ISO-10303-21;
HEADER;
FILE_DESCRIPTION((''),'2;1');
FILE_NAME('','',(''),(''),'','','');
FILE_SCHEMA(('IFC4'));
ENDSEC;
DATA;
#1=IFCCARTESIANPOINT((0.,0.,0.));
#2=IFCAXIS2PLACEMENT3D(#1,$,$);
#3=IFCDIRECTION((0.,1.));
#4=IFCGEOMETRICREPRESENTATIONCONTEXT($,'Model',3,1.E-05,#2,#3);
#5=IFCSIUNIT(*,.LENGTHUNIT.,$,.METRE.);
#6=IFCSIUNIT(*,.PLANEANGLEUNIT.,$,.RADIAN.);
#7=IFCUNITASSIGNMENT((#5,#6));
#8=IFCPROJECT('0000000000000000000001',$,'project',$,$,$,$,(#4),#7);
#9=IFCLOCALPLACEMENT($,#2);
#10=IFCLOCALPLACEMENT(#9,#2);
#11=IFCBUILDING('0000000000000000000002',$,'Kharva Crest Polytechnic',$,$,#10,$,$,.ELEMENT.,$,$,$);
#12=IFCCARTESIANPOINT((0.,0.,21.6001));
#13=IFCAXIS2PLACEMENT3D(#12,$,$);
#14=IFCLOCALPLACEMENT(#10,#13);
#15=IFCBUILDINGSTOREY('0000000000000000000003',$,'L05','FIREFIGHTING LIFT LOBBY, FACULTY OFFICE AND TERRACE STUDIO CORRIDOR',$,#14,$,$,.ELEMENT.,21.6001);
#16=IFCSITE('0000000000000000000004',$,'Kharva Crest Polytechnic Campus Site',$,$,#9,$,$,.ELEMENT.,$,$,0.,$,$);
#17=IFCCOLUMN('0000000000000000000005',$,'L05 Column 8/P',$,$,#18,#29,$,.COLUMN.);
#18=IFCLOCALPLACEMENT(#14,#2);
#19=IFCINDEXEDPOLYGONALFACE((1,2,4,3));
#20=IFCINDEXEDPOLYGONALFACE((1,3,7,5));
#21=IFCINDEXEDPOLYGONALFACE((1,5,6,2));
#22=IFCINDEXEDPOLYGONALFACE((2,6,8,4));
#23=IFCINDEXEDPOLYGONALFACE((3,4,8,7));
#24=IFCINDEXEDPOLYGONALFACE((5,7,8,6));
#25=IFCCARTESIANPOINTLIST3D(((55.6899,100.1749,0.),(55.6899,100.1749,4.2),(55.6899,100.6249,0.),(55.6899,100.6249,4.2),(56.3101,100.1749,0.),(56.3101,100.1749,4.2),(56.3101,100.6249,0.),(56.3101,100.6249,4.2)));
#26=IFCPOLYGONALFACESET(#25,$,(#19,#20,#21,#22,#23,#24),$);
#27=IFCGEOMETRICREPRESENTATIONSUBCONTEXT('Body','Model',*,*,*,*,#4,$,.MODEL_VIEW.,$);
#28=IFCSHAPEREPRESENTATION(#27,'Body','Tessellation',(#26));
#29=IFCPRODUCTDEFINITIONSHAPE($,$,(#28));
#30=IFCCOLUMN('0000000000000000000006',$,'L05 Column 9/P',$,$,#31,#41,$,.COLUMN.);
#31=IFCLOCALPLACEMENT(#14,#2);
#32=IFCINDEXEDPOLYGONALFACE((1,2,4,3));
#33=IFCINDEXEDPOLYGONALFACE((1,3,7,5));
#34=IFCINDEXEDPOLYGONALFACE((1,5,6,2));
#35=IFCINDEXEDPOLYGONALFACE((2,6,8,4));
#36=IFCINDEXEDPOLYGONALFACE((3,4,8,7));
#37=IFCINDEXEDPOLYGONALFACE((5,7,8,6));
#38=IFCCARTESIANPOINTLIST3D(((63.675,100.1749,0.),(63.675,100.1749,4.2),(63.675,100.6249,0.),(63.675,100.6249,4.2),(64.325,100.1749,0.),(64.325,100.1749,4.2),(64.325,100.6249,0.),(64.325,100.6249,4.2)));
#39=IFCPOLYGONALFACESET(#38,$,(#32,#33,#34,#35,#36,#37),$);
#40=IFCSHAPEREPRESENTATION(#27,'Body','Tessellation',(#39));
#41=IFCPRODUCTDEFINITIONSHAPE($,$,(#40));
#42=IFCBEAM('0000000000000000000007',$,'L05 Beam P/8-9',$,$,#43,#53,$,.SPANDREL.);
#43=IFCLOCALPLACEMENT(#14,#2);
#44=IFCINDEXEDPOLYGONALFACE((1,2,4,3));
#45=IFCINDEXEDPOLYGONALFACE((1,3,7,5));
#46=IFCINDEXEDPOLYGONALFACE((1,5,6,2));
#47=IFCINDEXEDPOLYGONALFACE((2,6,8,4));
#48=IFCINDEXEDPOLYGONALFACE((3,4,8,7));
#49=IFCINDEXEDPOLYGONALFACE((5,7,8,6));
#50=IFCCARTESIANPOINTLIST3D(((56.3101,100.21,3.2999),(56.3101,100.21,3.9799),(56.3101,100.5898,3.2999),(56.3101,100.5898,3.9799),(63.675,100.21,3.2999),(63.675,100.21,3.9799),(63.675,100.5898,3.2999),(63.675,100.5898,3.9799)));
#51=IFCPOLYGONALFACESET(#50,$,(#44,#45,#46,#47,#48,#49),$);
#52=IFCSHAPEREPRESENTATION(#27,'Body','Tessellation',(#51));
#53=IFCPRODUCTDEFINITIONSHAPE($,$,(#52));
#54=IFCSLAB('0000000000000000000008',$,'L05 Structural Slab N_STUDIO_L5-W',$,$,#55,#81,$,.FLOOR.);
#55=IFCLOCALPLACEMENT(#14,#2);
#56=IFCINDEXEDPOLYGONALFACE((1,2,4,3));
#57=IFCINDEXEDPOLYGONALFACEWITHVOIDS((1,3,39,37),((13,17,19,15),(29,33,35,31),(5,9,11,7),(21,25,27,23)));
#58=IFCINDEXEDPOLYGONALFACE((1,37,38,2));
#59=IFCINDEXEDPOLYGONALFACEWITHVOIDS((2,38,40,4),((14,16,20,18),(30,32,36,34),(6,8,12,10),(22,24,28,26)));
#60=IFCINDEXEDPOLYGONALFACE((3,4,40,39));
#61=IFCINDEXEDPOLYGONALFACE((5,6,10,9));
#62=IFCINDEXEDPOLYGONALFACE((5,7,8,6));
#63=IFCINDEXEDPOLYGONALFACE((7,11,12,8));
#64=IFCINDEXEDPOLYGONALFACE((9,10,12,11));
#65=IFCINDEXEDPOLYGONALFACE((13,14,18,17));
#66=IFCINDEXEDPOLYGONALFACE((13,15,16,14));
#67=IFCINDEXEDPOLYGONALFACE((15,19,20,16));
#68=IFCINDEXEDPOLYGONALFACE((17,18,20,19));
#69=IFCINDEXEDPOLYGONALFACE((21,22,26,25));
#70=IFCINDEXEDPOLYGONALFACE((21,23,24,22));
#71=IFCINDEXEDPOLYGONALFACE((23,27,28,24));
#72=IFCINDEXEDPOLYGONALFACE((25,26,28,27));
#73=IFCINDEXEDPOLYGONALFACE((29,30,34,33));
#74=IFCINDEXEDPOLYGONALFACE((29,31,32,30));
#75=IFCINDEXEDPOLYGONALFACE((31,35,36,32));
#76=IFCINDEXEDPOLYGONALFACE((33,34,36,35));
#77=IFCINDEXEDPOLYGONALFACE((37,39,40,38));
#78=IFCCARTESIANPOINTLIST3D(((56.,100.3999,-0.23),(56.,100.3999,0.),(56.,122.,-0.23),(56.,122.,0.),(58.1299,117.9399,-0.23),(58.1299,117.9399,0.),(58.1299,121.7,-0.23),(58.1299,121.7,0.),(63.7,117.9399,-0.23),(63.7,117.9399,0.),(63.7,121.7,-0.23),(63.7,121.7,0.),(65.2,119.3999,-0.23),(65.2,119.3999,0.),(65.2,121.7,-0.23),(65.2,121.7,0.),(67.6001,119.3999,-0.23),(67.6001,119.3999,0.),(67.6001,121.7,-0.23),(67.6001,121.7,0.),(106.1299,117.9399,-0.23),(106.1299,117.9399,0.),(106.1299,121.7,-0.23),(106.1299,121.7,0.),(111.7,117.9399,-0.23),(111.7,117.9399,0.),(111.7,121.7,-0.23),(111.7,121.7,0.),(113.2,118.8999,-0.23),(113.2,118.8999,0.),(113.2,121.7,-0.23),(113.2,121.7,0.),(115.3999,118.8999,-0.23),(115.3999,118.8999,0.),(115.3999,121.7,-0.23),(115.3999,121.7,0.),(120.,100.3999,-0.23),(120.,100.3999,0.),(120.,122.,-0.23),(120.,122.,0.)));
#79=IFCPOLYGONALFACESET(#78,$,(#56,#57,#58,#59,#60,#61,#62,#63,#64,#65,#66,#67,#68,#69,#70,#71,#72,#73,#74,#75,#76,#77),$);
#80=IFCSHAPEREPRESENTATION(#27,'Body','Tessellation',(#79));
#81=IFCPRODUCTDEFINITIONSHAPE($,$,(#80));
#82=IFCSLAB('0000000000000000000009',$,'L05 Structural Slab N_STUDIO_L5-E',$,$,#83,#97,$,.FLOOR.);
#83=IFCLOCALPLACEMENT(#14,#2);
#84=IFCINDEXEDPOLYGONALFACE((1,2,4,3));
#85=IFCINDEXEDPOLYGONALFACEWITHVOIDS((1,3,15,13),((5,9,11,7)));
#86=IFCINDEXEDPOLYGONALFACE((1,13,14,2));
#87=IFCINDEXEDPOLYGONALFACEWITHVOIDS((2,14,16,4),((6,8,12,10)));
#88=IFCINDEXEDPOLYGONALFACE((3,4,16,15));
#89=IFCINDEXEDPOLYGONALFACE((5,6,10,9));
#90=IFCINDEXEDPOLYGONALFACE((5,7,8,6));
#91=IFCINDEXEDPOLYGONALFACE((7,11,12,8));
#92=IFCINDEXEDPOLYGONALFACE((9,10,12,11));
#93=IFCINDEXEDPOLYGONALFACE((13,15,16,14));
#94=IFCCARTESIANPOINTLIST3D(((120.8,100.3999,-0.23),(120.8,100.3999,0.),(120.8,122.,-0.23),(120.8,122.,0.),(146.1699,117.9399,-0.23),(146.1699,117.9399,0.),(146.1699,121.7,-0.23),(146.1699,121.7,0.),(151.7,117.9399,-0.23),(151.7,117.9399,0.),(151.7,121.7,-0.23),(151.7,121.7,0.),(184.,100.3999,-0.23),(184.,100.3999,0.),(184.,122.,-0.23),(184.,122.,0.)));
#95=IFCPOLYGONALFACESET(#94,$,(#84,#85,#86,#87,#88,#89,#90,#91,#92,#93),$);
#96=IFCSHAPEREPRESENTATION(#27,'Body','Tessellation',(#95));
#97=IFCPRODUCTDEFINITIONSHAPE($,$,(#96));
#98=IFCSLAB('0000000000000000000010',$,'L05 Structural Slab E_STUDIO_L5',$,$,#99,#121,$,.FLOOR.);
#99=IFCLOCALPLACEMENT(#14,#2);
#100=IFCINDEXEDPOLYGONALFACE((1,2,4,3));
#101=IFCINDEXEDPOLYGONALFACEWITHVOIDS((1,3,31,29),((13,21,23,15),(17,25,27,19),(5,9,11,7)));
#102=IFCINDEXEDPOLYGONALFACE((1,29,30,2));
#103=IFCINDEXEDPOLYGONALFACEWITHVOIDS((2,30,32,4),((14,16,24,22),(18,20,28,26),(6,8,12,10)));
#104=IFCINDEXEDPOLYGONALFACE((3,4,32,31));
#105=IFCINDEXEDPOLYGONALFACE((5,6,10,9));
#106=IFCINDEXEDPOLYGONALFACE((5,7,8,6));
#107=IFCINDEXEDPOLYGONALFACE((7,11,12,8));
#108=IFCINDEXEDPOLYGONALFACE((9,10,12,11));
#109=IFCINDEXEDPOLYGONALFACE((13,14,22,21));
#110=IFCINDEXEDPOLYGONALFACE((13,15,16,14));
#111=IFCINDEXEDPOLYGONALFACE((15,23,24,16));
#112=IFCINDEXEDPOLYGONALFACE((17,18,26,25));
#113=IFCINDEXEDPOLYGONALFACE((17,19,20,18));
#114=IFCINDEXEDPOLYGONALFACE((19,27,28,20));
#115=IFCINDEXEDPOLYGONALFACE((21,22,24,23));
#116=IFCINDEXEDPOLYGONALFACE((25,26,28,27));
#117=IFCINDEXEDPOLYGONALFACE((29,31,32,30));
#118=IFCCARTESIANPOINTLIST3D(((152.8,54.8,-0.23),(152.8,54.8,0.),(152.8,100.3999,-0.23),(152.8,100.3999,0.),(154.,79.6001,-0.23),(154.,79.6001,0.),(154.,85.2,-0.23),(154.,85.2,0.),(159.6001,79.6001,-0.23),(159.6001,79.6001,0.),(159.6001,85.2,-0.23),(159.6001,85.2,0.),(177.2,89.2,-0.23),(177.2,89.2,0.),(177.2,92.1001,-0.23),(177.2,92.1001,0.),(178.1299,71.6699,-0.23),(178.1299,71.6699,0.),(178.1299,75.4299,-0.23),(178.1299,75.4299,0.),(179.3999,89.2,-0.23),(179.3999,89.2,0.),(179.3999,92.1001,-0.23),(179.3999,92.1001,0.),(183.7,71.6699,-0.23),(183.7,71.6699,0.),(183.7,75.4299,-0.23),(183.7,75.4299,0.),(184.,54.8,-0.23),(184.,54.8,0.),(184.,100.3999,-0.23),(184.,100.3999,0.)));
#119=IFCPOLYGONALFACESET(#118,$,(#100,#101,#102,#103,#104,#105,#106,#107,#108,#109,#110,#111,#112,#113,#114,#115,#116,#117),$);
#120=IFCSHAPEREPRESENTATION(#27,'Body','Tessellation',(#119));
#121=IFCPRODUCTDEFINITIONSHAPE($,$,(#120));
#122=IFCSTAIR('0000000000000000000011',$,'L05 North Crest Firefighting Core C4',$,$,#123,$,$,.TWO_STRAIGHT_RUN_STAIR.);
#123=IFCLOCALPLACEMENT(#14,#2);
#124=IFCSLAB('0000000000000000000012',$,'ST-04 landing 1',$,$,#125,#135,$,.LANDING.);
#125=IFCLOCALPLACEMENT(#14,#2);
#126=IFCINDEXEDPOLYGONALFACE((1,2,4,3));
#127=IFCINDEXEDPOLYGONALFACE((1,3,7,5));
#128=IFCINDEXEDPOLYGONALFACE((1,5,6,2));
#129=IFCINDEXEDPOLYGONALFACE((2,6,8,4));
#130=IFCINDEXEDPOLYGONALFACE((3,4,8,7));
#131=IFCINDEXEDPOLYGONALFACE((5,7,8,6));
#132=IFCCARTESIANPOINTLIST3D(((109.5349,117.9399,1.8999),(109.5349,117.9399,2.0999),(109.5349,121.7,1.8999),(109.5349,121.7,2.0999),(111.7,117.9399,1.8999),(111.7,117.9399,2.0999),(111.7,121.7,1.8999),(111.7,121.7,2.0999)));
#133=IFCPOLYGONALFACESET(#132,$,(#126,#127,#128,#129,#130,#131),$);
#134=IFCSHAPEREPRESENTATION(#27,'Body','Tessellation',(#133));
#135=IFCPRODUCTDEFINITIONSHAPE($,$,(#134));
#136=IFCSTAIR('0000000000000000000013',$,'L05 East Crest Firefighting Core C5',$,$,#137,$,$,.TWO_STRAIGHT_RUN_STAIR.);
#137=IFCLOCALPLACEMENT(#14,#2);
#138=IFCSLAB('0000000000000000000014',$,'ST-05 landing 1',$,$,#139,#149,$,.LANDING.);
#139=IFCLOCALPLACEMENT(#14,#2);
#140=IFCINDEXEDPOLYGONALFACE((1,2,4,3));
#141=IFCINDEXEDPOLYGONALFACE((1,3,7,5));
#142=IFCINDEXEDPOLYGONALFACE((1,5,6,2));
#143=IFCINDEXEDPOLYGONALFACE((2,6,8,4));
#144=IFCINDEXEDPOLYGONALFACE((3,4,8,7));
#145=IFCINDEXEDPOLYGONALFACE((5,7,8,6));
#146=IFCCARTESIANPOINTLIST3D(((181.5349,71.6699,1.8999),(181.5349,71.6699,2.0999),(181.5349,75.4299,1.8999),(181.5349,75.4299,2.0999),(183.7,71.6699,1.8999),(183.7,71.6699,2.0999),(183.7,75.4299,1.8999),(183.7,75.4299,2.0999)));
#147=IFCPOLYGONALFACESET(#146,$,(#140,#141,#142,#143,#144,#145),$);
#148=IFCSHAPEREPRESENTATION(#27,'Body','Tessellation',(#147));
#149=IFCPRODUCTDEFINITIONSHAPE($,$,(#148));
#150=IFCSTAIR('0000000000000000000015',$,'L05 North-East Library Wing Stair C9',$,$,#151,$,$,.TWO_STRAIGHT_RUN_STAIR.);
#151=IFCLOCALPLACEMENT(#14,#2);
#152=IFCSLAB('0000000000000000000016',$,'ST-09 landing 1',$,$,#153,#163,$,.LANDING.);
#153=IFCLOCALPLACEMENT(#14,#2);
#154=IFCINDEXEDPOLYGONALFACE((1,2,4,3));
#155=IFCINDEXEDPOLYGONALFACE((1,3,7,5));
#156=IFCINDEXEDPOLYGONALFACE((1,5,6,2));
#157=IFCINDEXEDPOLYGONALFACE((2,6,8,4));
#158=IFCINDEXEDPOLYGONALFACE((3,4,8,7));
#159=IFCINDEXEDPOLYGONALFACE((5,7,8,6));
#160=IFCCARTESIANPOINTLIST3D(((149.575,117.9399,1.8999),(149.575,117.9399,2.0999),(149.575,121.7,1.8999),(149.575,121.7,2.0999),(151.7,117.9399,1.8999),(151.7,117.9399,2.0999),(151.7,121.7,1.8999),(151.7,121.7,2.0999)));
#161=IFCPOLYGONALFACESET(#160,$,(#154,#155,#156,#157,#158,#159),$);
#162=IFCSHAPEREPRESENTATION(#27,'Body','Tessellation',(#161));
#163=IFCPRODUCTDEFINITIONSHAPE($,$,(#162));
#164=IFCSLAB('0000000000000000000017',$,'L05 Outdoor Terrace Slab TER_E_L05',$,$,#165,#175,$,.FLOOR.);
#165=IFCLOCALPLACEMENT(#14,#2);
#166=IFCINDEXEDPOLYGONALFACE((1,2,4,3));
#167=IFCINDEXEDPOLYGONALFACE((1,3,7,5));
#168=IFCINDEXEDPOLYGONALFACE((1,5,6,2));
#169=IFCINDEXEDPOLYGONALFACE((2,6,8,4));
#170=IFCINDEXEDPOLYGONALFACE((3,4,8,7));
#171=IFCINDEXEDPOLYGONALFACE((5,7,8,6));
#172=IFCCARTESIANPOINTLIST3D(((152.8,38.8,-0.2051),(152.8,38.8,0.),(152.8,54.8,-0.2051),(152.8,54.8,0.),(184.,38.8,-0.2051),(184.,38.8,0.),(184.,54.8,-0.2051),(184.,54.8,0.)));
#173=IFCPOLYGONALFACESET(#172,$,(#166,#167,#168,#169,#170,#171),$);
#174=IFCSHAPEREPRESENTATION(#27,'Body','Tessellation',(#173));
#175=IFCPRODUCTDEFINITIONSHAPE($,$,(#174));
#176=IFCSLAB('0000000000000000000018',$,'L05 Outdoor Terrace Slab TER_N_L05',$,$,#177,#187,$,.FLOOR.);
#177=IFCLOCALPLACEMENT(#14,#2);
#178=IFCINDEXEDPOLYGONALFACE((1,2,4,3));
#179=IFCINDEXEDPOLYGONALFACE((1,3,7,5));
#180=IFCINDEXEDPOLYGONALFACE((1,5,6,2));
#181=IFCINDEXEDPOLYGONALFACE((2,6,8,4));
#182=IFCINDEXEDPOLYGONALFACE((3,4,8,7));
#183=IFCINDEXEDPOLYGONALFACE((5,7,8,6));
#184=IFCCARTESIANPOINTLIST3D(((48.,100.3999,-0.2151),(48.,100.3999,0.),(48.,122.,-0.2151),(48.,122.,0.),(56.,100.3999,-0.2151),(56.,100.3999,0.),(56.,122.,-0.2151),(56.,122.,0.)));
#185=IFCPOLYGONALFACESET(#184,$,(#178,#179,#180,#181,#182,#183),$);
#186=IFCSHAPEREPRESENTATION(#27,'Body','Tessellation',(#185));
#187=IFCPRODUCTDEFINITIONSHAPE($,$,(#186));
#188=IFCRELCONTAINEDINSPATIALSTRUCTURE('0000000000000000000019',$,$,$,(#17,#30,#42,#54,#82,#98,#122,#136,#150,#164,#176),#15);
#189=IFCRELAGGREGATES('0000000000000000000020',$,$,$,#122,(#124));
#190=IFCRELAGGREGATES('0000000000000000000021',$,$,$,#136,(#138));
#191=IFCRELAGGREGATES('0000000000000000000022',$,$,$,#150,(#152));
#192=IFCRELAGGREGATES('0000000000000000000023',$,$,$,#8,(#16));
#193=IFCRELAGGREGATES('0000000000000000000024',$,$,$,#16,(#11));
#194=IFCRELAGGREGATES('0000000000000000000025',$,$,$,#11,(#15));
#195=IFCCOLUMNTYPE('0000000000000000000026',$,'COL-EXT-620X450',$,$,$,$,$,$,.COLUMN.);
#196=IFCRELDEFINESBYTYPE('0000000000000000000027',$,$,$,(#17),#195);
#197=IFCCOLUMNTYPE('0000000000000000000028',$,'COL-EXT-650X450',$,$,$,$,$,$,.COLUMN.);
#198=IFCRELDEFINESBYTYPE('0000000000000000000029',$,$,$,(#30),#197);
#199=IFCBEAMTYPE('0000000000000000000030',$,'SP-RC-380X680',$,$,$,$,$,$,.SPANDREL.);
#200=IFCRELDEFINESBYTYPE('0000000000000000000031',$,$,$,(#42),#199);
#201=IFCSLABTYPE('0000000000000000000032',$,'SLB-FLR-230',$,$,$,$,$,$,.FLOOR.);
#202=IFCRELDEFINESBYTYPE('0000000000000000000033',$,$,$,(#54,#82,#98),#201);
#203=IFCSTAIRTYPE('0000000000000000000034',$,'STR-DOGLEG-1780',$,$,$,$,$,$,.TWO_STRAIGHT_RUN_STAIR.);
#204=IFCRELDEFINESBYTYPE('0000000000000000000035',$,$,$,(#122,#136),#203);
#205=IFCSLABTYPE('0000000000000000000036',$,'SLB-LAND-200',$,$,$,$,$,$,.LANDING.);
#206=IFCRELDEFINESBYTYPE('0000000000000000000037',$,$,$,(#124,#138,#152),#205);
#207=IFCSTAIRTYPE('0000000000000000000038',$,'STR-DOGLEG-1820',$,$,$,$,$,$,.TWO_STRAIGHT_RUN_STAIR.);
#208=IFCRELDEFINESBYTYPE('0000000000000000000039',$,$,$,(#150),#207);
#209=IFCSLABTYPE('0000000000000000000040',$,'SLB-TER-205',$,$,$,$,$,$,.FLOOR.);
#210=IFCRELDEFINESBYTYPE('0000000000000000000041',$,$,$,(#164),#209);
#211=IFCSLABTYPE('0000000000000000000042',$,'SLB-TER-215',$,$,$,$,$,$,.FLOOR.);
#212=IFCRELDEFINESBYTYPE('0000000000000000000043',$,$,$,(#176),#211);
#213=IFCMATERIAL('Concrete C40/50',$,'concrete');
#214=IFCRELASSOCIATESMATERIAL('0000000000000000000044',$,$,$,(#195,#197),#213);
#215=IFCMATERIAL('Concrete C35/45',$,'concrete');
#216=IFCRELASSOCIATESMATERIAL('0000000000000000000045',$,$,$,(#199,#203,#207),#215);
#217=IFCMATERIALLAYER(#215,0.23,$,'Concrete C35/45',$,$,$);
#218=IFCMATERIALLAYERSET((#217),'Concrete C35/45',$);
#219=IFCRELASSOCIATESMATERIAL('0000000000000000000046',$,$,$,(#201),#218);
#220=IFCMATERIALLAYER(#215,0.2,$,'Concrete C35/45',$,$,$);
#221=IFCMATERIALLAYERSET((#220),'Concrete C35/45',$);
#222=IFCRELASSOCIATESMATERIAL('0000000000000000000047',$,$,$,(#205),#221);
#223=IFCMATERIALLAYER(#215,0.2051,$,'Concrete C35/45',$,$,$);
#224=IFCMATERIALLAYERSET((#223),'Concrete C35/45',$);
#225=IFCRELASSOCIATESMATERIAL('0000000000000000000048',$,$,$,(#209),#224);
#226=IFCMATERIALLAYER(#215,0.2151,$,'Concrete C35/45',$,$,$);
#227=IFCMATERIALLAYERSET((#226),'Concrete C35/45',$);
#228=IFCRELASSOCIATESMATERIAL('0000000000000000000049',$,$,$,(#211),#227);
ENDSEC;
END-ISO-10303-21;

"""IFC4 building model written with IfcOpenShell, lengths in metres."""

from ifc_helpers import new_model, si_unit, direction, frame, origin, origin_2d, place, context, subcontext, project, spatial, polyline, rectangle, outline, extrude, material, layer, layer_set, material_profile, profile_set, type_object, element, aggregate, save


model = new_model("IFC4")

# Units and contexts
model_context = context("Model", 3, precision=1e-05, world=origin(), true_north=direction((0.0, 1.0)))
body_context = subcontext(model_context, "Body", "Model", "MODEL_VIEW")
ifc_project = project(units=[si_unit("LENGTHUNIT", "METRE"), si_unit("PLANEANGLEUNIT", "RADIAN")], contexts=[model_context])

# Site, building, storey
site_placement = place(None, origin())
site = spatial("IfcSite", under=ifc_project, at=site_placement, Name="Kharva Crest Polytechnic Campus Site", CompositionType="ELEMENT", RefElevation=0.0)
building_placement = place(site_placement, origin())
building = spatial("IfcBuilding", under=site, at=building_placement, Name="Kharva Crest Polytechnic", CompositionType="ELEMENT")
storey_placement = place(building_placement, frame((0.0, 0.0, 21.6001)))
storey = spatial("IfcBuildingStorey", under=building, at=storey_placement, Name="L05", Description="FIREFIGHTING LIFT LOBBY, FACULTY OFFICE AND TERRACE STUDIO CORRIDOR", CompositionType="ELEMENT", Elevation=21.6001)

# Columns
ifc_material_1 = material(Name="Concrete C40/50", Category="concrete")
ifc_material_profile_1 = material_profile(ifc_material_1, rectangle(XDim=0.6201, YDim=0.45, at=origin_2d()), Name="RECT 620 X 450")
ifc_profile_set_1 = profile_set([ifc_material_profile_1], Name="Concrete C40/50")
column_type_1 = type_object("IfcColumnType", Name="COL-EXT-620X450", PredefinedType="COLUMN", material=ifc_profile_set_1)
column_1_placement = place(storey_placement, frame((56.0, 100.3999, 0.0), z_axis=(0.0, 0.0, 1.0), x_axis=(1.0, 0.0, 0.0)))
element("IfcColumn", 1, at=column_1_placement, inside=storey, type_object=column_type_1, Name="L05 Column 8/P", PredefinedType="COLUMN", context=body_context, shape_type="SweptSolid", body=[
    extrude(rectangle(XDim=0.6201, YDim=0.45, at=origin_2d()), origin(), (0.0, 0.0, 1.0), 4.2),
])
ifc_material_profile_2 = material_profile(ifc_material_1, rectangle(XDim=0.6499, YDim=0.45, at=origin_2d()), Name="RECT 650 X 450")
ifc_profile_set_2 = profile_set([ifc_material_profile_2], Name="Concrete C40/50")
column_type_2 = type_object("IfcColumnType", Name="COL-EXT-650X450", PredefinedType="COLUMN", material=ifc_profile_set_2)
column_2_placement = place(storey_placement, frame((64.0, 100.3999, 0.0), z_axis=(0.0, 0.0, 1.0), x_axis=(1.0, 0.0, 0.0)))
element("IfcColumn", 2, at=column_2_placement, inside=storey, type_object=column_type_2, Name="L05 Column 9/P", PredefinedType="COLUMN", context=body_context, shape_type="SweptSolid", body=[
    extrude(rectangle(XDim=0.6499, YDim=0.45, at=origin_2d()), origin(), (0.0, 0.0, 1.0), 4.2),
])

# Beam
ifc_material_2 = material(Name="Concrete C35/45", Category="concrete")
ifc_material_profile_3 = material_profile(ifc_material_2, rectangle(XDim=0.3799, YDim=0.6799, at=origin_2d()), Name="RECT 380 X 680")
ifc_profile_set_3 = profile_set([ifc_material_profile_3], Name="Concrete C35/45")
beam_type = type_object("IfcBeamType", Name="SP-RC-380X680", PredefinedType="SPANDREL", material=ifc_profile_set_3)
beam_placement = place(storey_placement, frame((56.3101, 100.3999, 3.6399), z_axis=(1.0, 0.0, 0.0), x_axis=(0.0, 1.0, 0.0)))
element("IfcBeam", 3, at=beam_placement, inside=storey, type_object=beam_type, Name="L05 Beam P/8-9", PredefinedType="SPANDREL", context=body_context, shape_type="SweptSolid", body=[
    extrude(rectangle(XDim=0.3799, YDim=0.6799, at=origin_2d()), origin(), (0.0, 0.0, 1.0), 7.365),
])

# Slabs
ifc_layer_1 = layer(ifc_material_2, 0.23, Name="Concrete C35/45")
ifc_layer_set_1 = layer_set([ifc_layer_1], Name="Concrete C35/45")
slab_type_1 = type_object("IfcSlabType", Name="SLB-FLR-230", PredefinedType="FLOOR", material=ifc_layer_set_1)
slab_1_placement = place(storey_placement, frame((0.0, 0.0, -0.23)))
element("IfcSlab", 4, at=slab_1_placement, inside=storey, type_object=slab_type_1, Name="L05 Structural Slab N_STUDIO_L5-W", PredefinedType="FLOOR", context=body_context, shape_type="SweptSolid", body=[
    extrude(outline(polyline([(56.0, 100.3999), (120.0, 100.3999), (120.0, 122.0), (56.0, 122.0), (56.0, 100.3999)]), holes=[polyline([(58.1299, 117.9399), (63.7, 117.9399), (63.7, 121.7), (58.1299, 121.7), (58.1299, 117.9399)]), polyline([(65.2, 119.3999), (67.6001, 119.3999), (67.6001, 121.7), (65.2, 121.7), (65.2, 119.3999)]), polyline([(106.1299, 117.9399), (111.7, 117.9399), (111.7, 121.7), (106.1299, 121.7), (106.1299, 117.9399)]), polyline([(113.2, 118.8999), (115.3999, 118.8999), (115.3999, 121.7), (113.2, 121.7), (113.2, 118.8999)])]), origin(), (0.0, 0.0, 1.0), 0.23),
])
slab_2_placement = place(storey_placement, frame((0.0, 0.0, -0.23)))
element("IfcSlab", 5, at=slab_2_placement, inside=storey, type_object=slab_type_1, Name="L05 Structural Slab N_STUDIO_L5-E", PredefinedType="FLOOR", context=body_context, shape_type="SweptSolid", body=[
    extrude(outline(polyline([(120.8, 100.3999), (184.0, 100.3999), (184.0, 122.0), (120.8, 122.0), (120.8, 100.3999)]), holes=[polyline([(146.1699, 117.9399), (151.7, 117.9399), (151.7, 121.7), (146.1699, 121.7), (146.1699, 117.9399)])]), origin(), (0.0, 0.0, 1.0), 0.23),
])
slab_3_placement = place(storey_placement, frame((0.0, 0.0, -0.23)))
element("IfcSlab", 6, at=slab_3_placement, inside=storey, type_object=slab_type_1, Name="L05 Structural Slab E_STUDIO_L5", PredefinedType="FLOOR", context=body_context, shape_type="SweptSolid", body=[
    extrude(outline(polyline([(152.8, 54.8), (184.0, 54.8), (184.0, 100.3999), (152.8, 100.3999), (152.8, 54.8)]), holes=[polyline([(178.1299, 71.6699), (183.7, 71.6699), (183.7, 75.4299), (178.1299, 75.4299), (178.1299, 71.6699)]), polyline([(177.2, 89.2), (179.3999, 89.2), (179.3999, 92.1001), (177.2, 92.1001), (177.2, 89.2)]), polyline([(154.0, 79.6001), (159.6001, 79.6001), (159.6001, 85.2), (154.0, 85.2), (154.0, 79.6001)])]), origin(), (0.0, 0.0, 1.0), 0.23),
])

# Stairs, slabs
stair_type_1 = type_object("IfcStairType", Name="STR-DOGLEG-1780", PredefinedType="TWO_STRAIGHT_RUN_STAIR", material=ifc_material_2)
stair_1_placement = place(storey_placement, origin())
stair_1 = element("IfcStair", 7, at=stair_1_placement, inside=storey, type_object=stair_type_1, Name="L05 North Crest Firefighting Core C4", PredefinedType="TWO_STRAIGHT_RUN_STAIR")
ifc_layer_2 = layer(ifc_material_2, 0.2, Name="Concrete C35/45")
ifc_layer_set_2 = layer_set([ifc_layer_2], Name="Concrete C35/45")
slab_type_2 = type_object("IfcSlabType", Name="SLB-LAND-200", PredefinedType="LANDING", material=ifc_layer_set_2)
slab_4_placement = place(storey_placement, frame((0.0, 0.0, 1.8999)))
slab_4 = element("IfcSlab", 8, at=slab_4_placement, type_object=slab_type_2, Name="ST-04 landing 1", PredefinedType="LANDING", context=body_context, shape_type="SweptSolid", body=[
    extrude(outline(polyline([(109.5349, 117.9399), (111.7, 117.9399), (111.7, 121.7), (109.5349, 121.7), (109.5349, 117.9399)])), origin(), (0.0, 0.0, 1.0), 0.2),
])
aggregate(stair_1, [slab_4])
stair_2_placement = place(storey_placement, origin())
stair_2 = element("IfcStair", 9, at=stair_2_placement, inside=storey, type_object=stair_type_1, Name="L05 East Crest Firefighting Core C5", PredefinedType="TWO_STRAIGHT_RUN_STAIR")
slab_5_placement = place(storey_placement, frame((0.0, 0.0, 1.8999)))
slab_5 = element("IfcSlab", 10, at=slab_5_placement, type_object=slab_type_2, Name="ST-05 landing 1", PredefinedType="LANDING", context=body_context, shape_type="SweptSolid", body=[
    extrude(outline(polyline([(181.5349, 71.6699), (183.7, 71.6699), (183.7, 75.4299), (181.5349, 75.4299), (181.5349, 71.6699)])), origin(), (0.0, 0.0, 1.0), 0.2),
])
aggregate(stair_2, [slab_5])
stair_type_2 = type_object("IfcStairType", Name="STR-DOGLEG-1820", PredefinedType="TWO_STRAIGHT_RUN_STAIR", material=ifc_material_2)
stair_3_placement = place(storey_placement, origin())
stair_3 = element("IfcStair", 11, at=stair_3_placement, inside=storey, type_object=stair_type_2, Name="L05 North-East Library Wing Stair C9", PredefinedType="TWO_STRAIGHT_RUN_STAIR")
slab_6_placement = place(storey_placement, frame((0.0, 0.0, 1.8999)))
slab_6 = element("IfcSlab", 12, at=slab_6_placement, type_object=slab_type_2, Name="ST-09 landing 1", PredefinedType="LANDING", context=body_context, shape_type="SweptSolid", body=[
    extrude(outline(polyline([(149.575, 117.9399), (151.7, 117.9399), (151.7, 121.7), (149.575, 121.7), (149.575, 117.9399)])), origin(), (0.0, 0.0, 1.0), 0.2),
])
aggregate(stair_3, [slab_6])

# Slabs
ifc_layer_3 = layer(ifc_material_2, 0.2051, Name="Concrete C35/45")
ifc_layer_set_3 = layer_set([ifc_layer_3], Name="Concrete C35/45")
slab_type_3 = type_object("IfcSlabType", Name="SLB-TER-205", PredefinedType="FLOOR", material=ifc_layer_set_3)
slab_7_placement = place(storey_placement, frame((0.0, 0.0, -0.2051)))
element("IfcSlab", 13, at=slab_7_placement, inside=storey, type_object=slab_type_3, Name="L05 Outdoor Terrace Slab TER_E_L05", PredefinedType="FLOOR", context=body_context, shape_type="SweptSolid", body=[
    extrude(outline(polyline([(152.8, 38.8), (184.0, 38.8), (184.0, 54.8), (152.8, 54.8), (152.8, 38.8)])), origin(), (0.0, 0.0, 1.0), 0.2051),
])
ifc_layer_4 = layer(ifc_material_2, 0.2151, Name="Concrete C35/45")
ifc_layer_set_4 = layer_set([ifc_layer_4], Name="Concrete C35/45")
slab_type_4 = type_object("IfcSlabType", Name="SLB-TER-215", PredefinedType="FLOOR", material=ifc_layer_set_4)
slab_8_placement = place(storey_placement, frame((0.0, 0.0, -0.2151)))
element("IfcSlab", 14, at=slab_8_placement, inside=storey, type_object=slab_type_4, Name="L05 Outdoor Terrace Slab TER_N_L05", PredefinedType="FLOOR", context=body_context, shape_type="SweptSolid", body=[
    extrude(outline(polyline([(48.0, 100.3999), (56.0, 100.3999), (56.0, 122.0), (48.0, 122.0), (48.0, 100.3999)])), origin(), (0.0, 0.0, 1.0), 0.2151),
])

save(model, "model.ifc")
